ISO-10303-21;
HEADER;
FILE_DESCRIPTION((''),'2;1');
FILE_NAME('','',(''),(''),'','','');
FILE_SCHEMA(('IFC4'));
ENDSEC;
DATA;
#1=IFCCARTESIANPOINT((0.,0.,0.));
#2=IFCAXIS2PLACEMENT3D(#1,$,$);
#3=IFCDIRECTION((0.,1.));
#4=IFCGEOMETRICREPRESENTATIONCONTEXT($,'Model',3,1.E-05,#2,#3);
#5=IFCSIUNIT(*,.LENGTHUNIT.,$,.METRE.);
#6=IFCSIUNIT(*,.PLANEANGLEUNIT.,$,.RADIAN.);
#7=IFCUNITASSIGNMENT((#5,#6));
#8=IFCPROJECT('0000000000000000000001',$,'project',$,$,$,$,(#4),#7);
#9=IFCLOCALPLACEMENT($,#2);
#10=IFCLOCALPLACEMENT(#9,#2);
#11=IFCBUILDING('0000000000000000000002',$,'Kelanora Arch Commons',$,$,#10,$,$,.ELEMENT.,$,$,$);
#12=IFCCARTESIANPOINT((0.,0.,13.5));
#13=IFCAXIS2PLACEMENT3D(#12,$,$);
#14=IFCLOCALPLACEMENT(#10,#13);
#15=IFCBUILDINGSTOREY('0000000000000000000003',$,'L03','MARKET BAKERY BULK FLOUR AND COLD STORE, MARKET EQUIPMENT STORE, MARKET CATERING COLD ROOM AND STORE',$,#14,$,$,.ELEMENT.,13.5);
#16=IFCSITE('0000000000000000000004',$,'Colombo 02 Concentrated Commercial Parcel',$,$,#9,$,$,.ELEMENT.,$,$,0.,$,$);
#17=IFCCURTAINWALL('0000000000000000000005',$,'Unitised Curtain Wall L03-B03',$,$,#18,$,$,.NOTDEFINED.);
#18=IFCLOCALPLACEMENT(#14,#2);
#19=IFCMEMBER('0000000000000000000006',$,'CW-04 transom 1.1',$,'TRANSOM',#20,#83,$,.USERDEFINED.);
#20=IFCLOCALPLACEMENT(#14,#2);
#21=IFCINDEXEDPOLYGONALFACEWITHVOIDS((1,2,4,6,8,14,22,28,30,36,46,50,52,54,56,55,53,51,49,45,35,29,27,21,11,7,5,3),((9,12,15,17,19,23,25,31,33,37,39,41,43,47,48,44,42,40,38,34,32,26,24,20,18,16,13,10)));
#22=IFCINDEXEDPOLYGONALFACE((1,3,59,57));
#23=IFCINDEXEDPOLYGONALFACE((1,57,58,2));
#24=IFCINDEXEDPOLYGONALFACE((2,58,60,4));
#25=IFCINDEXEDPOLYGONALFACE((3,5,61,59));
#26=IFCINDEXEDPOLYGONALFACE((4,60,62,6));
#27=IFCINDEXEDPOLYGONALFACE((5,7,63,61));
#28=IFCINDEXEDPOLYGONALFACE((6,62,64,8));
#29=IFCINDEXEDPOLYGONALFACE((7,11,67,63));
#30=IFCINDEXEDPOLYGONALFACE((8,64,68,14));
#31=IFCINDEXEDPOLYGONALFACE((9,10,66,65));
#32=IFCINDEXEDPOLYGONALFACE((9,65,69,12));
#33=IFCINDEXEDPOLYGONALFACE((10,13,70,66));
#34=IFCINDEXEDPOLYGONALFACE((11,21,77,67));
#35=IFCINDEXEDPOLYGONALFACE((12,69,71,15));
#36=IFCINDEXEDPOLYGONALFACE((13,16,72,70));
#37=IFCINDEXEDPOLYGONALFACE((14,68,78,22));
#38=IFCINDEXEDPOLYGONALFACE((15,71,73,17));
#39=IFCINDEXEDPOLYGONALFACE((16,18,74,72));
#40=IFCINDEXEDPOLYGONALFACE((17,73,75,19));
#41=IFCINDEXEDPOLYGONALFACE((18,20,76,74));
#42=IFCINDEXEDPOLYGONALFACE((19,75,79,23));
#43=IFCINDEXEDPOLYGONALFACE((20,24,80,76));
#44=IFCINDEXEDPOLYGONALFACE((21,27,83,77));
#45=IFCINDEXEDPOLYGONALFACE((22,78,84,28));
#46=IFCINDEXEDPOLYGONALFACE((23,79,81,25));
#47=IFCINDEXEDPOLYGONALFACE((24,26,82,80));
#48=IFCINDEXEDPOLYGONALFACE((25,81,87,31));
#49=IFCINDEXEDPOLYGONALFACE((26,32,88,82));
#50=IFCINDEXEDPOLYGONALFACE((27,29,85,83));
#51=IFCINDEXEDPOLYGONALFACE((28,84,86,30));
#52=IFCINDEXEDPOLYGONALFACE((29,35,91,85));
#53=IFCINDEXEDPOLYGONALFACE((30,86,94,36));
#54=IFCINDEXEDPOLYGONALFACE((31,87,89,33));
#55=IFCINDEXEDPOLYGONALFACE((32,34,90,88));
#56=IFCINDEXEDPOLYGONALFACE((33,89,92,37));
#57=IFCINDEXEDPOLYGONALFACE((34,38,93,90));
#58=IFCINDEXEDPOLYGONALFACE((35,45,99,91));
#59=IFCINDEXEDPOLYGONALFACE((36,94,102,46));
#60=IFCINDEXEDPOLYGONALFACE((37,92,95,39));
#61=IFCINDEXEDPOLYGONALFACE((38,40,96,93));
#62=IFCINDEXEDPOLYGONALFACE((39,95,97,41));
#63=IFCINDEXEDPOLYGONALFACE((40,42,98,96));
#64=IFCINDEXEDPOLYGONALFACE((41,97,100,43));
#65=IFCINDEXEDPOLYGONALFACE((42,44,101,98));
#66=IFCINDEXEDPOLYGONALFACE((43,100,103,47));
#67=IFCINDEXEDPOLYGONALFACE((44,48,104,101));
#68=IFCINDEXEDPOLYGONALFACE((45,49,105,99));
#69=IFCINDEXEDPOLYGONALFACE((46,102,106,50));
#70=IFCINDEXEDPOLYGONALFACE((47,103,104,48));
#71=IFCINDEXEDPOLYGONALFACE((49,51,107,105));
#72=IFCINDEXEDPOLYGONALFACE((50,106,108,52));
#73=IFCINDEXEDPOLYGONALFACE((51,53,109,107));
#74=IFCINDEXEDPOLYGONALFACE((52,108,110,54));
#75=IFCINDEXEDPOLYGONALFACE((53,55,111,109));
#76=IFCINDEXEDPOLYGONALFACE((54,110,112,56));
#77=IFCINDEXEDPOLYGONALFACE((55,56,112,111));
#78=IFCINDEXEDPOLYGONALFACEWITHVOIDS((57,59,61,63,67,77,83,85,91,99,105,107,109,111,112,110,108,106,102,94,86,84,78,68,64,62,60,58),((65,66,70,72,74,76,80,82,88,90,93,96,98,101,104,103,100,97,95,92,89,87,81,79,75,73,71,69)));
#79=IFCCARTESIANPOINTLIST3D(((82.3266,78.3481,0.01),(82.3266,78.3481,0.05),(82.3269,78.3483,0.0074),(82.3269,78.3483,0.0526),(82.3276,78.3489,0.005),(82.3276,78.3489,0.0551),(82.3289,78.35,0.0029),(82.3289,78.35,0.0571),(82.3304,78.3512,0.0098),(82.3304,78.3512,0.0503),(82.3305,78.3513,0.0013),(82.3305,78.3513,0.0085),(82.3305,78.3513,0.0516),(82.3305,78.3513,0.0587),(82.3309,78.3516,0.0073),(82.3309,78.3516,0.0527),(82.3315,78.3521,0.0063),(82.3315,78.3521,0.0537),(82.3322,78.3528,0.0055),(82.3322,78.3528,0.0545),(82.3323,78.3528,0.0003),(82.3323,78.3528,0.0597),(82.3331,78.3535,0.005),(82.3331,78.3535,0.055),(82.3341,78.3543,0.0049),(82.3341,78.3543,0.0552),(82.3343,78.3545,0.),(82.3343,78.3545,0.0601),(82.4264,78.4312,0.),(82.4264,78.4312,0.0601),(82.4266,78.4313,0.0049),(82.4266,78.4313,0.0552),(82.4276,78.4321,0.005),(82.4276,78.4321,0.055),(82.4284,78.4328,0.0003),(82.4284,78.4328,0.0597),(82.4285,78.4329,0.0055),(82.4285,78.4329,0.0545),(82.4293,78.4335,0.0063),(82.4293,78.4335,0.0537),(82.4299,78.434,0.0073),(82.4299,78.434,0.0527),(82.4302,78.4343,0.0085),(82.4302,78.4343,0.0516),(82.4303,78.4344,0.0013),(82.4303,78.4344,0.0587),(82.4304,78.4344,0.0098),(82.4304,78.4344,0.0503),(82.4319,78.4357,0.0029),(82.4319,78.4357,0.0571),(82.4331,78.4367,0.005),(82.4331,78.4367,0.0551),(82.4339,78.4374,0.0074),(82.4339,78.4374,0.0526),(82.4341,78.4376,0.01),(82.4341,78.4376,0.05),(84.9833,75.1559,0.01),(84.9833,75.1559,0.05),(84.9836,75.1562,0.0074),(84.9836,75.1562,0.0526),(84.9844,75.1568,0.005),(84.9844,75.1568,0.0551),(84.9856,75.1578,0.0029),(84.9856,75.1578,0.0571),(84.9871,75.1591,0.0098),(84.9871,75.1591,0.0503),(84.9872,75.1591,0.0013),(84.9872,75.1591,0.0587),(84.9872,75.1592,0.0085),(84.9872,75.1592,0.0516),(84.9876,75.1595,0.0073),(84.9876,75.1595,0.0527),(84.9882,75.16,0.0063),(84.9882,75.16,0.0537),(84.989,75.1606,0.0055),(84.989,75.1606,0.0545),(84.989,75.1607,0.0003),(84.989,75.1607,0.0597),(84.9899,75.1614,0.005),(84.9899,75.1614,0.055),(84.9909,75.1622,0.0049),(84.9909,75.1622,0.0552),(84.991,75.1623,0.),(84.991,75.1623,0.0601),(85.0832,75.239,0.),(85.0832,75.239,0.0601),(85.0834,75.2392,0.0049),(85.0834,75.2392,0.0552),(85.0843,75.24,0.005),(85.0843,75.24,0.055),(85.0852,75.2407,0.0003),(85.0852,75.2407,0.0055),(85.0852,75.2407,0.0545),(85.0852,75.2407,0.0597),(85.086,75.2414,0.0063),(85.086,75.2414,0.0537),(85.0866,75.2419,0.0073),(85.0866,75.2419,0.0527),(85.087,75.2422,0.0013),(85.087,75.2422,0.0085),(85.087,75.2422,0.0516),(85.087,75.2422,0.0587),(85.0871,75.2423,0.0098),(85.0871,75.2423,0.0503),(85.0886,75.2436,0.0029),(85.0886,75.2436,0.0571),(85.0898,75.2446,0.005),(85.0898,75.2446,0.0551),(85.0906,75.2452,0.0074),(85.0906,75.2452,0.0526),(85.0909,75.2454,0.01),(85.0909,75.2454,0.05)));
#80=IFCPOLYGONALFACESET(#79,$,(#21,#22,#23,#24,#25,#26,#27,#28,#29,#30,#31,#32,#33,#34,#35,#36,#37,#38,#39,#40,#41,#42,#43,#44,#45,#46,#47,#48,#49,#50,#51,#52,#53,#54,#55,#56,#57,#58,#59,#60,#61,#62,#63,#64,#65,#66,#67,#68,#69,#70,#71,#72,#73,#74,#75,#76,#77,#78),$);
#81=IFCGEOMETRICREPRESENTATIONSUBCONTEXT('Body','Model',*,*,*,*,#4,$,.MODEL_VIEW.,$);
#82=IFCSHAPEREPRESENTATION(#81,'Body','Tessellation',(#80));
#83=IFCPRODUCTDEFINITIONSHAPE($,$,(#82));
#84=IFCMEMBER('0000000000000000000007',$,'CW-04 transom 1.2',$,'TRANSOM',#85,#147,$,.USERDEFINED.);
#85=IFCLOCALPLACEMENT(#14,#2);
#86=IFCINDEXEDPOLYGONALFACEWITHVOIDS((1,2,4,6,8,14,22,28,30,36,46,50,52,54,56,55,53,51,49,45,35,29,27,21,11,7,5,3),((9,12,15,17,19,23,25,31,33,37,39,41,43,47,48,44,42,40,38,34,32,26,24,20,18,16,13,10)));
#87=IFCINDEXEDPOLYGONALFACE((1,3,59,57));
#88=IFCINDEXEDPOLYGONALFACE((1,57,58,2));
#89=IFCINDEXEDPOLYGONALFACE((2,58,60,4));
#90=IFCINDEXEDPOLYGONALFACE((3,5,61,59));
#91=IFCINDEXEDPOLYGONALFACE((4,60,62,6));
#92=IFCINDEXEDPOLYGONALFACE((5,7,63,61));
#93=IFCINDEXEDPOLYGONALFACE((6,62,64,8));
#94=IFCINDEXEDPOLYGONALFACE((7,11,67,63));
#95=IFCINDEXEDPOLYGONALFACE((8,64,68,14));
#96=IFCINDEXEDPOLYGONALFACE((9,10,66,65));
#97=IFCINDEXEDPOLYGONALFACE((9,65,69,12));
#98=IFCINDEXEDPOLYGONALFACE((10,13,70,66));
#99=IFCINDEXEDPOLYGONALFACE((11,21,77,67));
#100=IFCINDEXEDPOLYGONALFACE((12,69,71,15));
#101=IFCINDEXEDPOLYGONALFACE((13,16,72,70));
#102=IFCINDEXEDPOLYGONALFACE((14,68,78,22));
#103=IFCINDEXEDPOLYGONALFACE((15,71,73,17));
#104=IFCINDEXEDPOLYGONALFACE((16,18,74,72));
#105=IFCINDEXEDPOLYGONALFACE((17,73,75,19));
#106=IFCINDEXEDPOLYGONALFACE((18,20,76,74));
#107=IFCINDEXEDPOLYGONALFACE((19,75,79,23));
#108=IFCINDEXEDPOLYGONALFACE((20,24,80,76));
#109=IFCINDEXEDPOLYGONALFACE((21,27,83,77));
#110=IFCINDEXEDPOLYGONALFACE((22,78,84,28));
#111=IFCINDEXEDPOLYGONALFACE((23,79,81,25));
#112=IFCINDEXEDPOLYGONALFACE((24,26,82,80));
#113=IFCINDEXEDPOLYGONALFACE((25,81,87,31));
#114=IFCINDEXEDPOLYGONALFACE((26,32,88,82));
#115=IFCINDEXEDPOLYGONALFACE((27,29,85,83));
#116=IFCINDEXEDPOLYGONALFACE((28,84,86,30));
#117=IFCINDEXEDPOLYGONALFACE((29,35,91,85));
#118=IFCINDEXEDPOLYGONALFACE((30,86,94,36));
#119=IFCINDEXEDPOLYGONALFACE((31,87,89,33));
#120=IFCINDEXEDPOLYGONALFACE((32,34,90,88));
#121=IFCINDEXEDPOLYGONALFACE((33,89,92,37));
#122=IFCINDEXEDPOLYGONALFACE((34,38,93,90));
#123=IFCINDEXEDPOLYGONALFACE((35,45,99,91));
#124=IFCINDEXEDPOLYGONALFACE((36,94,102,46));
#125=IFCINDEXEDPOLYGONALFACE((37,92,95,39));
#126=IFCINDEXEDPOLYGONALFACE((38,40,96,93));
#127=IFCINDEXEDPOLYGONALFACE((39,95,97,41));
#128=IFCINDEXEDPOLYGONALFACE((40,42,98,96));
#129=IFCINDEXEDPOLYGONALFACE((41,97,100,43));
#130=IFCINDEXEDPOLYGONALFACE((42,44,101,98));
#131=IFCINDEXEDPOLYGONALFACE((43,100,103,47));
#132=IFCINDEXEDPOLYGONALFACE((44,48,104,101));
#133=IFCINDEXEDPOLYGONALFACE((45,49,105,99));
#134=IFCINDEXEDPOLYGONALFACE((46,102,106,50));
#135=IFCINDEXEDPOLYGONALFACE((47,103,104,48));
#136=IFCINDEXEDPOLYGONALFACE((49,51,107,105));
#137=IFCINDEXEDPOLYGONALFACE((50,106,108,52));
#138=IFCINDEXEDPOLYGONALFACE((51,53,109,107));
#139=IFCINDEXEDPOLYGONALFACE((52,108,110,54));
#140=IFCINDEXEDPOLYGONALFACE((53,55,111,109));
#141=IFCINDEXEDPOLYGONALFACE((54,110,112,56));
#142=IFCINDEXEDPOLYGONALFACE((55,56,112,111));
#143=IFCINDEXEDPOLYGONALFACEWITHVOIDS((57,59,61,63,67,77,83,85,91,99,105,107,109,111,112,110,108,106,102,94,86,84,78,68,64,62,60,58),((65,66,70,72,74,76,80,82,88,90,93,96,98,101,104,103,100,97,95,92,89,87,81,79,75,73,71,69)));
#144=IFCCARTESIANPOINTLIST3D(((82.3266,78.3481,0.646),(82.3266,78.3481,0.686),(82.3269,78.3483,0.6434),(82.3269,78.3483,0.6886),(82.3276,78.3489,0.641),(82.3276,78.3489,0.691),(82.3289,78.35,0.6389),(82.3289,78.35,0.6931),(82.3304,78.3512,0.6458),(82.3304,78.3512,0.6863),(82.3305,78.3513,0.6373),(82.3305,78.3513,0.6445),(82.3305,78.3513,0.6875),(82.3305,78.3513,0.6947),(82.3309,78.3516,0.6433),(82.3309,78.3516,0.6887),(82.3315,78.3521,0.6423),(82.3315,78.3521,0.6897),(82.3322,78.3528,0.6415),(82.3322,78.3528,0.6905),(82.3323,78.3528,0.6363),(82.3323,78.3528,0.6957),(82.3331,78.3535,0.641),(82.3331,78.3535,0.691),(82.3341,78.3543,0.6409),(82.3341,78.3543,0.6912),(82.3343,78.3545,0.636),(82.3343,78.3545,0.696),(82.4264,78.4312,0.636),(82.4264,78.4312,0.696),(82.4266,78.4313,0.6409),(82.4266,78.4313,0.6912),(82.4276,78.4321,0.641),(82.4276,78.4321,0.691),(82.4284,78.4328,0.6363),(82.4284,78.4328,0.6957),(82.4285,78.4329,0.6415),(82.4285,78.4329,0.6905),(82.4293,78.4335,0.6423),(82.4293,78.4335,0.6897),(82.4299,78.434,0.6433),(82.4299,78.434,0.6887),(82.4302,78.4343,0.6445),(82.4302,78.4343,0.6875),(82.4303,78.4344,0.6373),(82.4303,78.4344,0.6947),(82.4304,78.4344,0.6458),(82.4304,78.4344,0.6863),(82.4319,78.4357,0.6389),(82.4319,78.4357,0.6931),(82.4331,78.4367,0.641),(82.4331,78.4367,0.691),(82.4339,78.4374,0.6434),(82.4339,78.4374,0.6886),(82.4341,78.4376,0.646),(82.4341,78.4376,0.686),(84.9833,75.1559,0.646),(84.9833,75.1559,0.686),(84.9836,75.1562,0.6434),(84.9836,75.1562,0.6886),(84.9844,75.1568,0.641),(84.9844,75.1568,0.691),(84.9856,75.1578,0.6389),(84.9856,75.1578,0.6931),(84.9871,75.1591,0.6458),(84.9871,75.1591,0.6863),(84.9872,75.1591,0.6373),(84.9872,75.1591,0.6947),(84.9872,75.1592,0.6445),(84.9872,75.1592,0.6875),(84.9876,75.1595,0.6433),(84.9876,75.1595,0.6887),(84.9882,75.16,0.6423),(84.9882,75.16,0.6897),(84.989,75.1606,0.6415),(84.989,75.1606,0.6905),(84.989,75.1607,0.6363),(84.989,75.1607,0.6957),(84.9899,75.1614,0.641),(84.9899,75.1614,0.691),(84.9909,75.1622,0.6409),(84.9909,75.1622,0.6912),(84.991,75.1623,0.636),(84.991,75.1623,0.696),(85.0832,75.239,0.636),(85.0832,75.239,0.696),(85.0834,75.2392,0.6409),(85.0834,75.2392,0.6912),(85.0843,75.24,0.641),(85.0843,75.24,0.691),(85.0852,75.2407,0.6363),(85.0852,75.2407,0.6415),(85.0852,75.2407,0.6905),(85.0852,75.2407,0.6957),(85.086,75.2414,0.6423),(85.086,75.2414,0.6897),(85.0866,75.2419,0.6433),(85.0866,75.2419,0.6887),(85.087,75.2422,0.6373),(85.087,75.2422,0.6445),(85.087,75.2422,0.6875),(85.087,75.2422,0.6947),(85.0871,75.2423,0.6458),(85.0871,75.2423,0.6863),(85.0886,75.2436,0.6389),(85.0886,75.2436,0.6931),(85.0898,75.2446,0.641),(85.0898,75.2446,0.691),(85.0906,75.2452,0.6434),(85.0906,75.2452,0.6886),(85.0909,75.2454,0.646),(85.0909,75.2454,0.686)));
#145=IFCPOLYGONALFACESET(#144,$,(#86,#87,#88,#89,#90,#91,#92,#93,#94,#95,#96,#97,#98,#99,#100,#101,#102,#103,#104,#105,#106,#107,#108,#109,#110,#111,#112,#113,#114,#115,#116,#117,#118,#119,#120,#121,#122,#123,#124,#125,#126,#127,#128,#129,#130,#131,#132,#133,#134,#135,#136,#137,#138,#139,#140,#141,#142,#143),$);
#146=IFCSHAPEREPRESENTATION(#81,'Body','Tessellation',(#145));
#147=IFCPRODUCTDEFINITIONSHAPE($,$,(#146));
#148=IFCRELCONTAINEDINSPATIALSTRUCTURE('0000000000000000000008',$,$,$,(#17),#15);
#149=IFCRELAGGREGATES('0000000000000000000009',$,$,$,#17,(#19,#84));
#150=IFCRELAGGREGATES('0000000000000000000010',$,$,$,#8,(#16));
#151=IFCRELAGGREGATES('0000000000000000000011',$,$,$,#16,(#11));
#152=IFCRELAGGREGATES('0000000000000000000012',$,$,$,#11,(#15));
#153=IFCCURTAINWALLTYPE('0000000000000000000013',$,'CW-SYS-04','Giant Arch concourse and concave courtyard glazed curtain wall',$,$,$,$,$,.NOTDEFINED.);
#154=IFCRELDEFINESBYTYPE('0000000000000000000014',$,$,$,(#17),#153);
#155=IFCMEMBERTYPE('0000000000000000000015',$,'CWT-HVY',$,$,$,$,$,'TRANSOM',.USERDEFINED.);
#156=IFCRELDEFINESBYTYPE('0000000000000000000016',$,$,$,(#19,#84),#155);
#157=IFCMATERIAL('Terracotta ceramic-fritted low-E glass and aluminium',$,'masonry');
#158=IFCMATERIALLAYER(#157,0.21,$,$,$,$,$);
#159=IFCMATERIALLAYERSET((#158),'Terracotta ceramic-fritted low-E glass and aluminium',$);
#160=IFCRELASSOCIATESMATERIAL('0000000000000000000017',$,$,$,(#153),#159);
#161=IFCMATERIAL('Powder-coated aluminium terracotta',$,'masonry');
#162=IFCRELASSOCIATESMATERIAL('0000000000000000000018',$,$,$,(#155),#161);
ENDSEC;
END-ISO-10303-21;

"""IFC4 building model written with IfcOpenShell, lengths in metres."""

from ifc_helpers import new_model, si_unit, direction, frame, origin, origin_2d, place, context, subcontext, project, spatial, hollow_rectangle, extrude, material, layer, layer_set, material_profile, profile_set, type_object, element, aggregate, save


model = new_model("IFC4")

# Units and contexts
model_context = context("Model", 3, precision=1e-05, world=origin(), true_north=direction((0.0, 1.0)))
body_context = subcontext(model_context, "Body", "Model", "MODEL_VIEW")
ifc_project = project(units=[si_unit("LENGTHUNIT", "METRE"), si_unit("PLANEANGLEUNIT", "RADIAN")], contexts=[model_context])

# Site, building, storey
site_placement = place(None, origin())
site = spatial("IfcSite", under=ifc_project, at=site_placement, Name="Colombo 02 Concentrated Commercial Parcel", CompositionType="ELEMENT", RefElevation=0.0)
building_placement = place(site_placement, origin())
building = spatial("IfcBuilding", under=site, at=building_placement, Name="Kelanora Arch Commons", CompositionType="ELEMENT")
storey_placement = place(building_placement, frame((0.0, 0.0, 13.5)))
storey = spatial("IfcBuildingStorey", under=building, at=storey_placement, Name="L03", Description="MARKET BAKERY BULK FLOUR AND COLD STORE, MARKET EQUIPMENT STORE, MARKET CATERING COLD ROOM AND STORE", CompositionType="ELEMENT", Elevation=13.5)

# Curtain wall
ifc_material_1 = material(Name="Terracotta ceramic-fritted low-E glass and aluminium", Category="masonry")
ifc_layer_1 = layer(ifc_material_1, 0.21)
ifc_layer_set_1 = layer_set([ifc_layer_1], Name="Terracotta ceramic-fritted low-E glass and aluminium")
curtain_wall_type = type_object("IfcCurtainWallType", Name="CW-SYS-04", Description="Giant Arch concourse and concave courtyard glazed curtain wall", PredefinedType="NOTDEFINED", material=ifc_layer_set_1)
ifc_material_2 = material(Name="Powder-coated aluminium terracotta", Category="masonry")
curtain_wall_1_placement = place(storey_placement, origin())
curtain_wall_1 = element("IfcCurtainWall", 1, at=curtain_wall_1_placement, inside=storey, type_object=curtain_wall_type, Name="Unitised Curtain Wall L03-B03", PredefinedType="NOTDEFINED")

# Members
ifc_material_profile_1 = material_profile(ifc_material_2, hollow_rectangle(XDim=0.1399, YDim=0.0601, WallThickness=0.0049, InnerFilletRadius=0.0049, OuterFilletRadius=0.01, at=origin_2d()), Name="CWT140x60")
ifc_profile_set_1 = profile_set([ifc_material_profile_1], Name="Powder-coated aluminium terracotta")
member_type_1 = type_object("IfcMemberType", Name="CWT-HVY", ElementType="TRANSOM", PredefinedType="USERDEFINED", material=ifc_profile_set_1)
member_1_placement = place(storey_placement, frame((85.0371, 75.2007, 0.03), z_axis=(-0.639704, 0.768621, 0.0), x_axis=(-0.768621, -0.639704, 0.0)))
member_1 = element("IfcMember", 2, at=member_1_placement, type_object=member_type_1, Name="CW-04 transom 1.1", ObjectType="TRANSOM", PredefinedType="USERDEFINED", context=body_context, shape_type="SweptSolid", body=[
    extrude(hollow_rectangle(XDim=0.1399, YDim=0.0601, WallThickness=0.0049, InnerFilletRadius=0.0049, OuterFilletRadius=0.01, at=origin_2d()), origin(), (0.0, 0.0, 1.0), 4.1531),
])
member_2_placement = place(storey_placement, frame((85.0371, 75.2007, 0.666), z_axis=(-0.639704, 0.768621, 0.0), x_axis=(-0.768621, -0.639704, 0.0)))
member_2 = element("IfcMember", 3, at=member_2_placement, type_object=member_type_1, Name="CW-04 transom 1.2", ObjectType="TRANSOM", PredefinedType="USERDEFINED", context=body_context, shape_type="SweptSolid", body=[
    extrude(hollow_rectangle(XDim=0.1399, YDim=0.0601, WallThickness=0.0049, InnerFilletRadius=0.0049, OuterFilletRadius=0.01, at=origin_2d()), origin(), (0.0, 0.0, 1.0), 4.1531),
])

aggregate(curtain_wall_1, [member_1, member_2])

save(model, "model.ifc")
